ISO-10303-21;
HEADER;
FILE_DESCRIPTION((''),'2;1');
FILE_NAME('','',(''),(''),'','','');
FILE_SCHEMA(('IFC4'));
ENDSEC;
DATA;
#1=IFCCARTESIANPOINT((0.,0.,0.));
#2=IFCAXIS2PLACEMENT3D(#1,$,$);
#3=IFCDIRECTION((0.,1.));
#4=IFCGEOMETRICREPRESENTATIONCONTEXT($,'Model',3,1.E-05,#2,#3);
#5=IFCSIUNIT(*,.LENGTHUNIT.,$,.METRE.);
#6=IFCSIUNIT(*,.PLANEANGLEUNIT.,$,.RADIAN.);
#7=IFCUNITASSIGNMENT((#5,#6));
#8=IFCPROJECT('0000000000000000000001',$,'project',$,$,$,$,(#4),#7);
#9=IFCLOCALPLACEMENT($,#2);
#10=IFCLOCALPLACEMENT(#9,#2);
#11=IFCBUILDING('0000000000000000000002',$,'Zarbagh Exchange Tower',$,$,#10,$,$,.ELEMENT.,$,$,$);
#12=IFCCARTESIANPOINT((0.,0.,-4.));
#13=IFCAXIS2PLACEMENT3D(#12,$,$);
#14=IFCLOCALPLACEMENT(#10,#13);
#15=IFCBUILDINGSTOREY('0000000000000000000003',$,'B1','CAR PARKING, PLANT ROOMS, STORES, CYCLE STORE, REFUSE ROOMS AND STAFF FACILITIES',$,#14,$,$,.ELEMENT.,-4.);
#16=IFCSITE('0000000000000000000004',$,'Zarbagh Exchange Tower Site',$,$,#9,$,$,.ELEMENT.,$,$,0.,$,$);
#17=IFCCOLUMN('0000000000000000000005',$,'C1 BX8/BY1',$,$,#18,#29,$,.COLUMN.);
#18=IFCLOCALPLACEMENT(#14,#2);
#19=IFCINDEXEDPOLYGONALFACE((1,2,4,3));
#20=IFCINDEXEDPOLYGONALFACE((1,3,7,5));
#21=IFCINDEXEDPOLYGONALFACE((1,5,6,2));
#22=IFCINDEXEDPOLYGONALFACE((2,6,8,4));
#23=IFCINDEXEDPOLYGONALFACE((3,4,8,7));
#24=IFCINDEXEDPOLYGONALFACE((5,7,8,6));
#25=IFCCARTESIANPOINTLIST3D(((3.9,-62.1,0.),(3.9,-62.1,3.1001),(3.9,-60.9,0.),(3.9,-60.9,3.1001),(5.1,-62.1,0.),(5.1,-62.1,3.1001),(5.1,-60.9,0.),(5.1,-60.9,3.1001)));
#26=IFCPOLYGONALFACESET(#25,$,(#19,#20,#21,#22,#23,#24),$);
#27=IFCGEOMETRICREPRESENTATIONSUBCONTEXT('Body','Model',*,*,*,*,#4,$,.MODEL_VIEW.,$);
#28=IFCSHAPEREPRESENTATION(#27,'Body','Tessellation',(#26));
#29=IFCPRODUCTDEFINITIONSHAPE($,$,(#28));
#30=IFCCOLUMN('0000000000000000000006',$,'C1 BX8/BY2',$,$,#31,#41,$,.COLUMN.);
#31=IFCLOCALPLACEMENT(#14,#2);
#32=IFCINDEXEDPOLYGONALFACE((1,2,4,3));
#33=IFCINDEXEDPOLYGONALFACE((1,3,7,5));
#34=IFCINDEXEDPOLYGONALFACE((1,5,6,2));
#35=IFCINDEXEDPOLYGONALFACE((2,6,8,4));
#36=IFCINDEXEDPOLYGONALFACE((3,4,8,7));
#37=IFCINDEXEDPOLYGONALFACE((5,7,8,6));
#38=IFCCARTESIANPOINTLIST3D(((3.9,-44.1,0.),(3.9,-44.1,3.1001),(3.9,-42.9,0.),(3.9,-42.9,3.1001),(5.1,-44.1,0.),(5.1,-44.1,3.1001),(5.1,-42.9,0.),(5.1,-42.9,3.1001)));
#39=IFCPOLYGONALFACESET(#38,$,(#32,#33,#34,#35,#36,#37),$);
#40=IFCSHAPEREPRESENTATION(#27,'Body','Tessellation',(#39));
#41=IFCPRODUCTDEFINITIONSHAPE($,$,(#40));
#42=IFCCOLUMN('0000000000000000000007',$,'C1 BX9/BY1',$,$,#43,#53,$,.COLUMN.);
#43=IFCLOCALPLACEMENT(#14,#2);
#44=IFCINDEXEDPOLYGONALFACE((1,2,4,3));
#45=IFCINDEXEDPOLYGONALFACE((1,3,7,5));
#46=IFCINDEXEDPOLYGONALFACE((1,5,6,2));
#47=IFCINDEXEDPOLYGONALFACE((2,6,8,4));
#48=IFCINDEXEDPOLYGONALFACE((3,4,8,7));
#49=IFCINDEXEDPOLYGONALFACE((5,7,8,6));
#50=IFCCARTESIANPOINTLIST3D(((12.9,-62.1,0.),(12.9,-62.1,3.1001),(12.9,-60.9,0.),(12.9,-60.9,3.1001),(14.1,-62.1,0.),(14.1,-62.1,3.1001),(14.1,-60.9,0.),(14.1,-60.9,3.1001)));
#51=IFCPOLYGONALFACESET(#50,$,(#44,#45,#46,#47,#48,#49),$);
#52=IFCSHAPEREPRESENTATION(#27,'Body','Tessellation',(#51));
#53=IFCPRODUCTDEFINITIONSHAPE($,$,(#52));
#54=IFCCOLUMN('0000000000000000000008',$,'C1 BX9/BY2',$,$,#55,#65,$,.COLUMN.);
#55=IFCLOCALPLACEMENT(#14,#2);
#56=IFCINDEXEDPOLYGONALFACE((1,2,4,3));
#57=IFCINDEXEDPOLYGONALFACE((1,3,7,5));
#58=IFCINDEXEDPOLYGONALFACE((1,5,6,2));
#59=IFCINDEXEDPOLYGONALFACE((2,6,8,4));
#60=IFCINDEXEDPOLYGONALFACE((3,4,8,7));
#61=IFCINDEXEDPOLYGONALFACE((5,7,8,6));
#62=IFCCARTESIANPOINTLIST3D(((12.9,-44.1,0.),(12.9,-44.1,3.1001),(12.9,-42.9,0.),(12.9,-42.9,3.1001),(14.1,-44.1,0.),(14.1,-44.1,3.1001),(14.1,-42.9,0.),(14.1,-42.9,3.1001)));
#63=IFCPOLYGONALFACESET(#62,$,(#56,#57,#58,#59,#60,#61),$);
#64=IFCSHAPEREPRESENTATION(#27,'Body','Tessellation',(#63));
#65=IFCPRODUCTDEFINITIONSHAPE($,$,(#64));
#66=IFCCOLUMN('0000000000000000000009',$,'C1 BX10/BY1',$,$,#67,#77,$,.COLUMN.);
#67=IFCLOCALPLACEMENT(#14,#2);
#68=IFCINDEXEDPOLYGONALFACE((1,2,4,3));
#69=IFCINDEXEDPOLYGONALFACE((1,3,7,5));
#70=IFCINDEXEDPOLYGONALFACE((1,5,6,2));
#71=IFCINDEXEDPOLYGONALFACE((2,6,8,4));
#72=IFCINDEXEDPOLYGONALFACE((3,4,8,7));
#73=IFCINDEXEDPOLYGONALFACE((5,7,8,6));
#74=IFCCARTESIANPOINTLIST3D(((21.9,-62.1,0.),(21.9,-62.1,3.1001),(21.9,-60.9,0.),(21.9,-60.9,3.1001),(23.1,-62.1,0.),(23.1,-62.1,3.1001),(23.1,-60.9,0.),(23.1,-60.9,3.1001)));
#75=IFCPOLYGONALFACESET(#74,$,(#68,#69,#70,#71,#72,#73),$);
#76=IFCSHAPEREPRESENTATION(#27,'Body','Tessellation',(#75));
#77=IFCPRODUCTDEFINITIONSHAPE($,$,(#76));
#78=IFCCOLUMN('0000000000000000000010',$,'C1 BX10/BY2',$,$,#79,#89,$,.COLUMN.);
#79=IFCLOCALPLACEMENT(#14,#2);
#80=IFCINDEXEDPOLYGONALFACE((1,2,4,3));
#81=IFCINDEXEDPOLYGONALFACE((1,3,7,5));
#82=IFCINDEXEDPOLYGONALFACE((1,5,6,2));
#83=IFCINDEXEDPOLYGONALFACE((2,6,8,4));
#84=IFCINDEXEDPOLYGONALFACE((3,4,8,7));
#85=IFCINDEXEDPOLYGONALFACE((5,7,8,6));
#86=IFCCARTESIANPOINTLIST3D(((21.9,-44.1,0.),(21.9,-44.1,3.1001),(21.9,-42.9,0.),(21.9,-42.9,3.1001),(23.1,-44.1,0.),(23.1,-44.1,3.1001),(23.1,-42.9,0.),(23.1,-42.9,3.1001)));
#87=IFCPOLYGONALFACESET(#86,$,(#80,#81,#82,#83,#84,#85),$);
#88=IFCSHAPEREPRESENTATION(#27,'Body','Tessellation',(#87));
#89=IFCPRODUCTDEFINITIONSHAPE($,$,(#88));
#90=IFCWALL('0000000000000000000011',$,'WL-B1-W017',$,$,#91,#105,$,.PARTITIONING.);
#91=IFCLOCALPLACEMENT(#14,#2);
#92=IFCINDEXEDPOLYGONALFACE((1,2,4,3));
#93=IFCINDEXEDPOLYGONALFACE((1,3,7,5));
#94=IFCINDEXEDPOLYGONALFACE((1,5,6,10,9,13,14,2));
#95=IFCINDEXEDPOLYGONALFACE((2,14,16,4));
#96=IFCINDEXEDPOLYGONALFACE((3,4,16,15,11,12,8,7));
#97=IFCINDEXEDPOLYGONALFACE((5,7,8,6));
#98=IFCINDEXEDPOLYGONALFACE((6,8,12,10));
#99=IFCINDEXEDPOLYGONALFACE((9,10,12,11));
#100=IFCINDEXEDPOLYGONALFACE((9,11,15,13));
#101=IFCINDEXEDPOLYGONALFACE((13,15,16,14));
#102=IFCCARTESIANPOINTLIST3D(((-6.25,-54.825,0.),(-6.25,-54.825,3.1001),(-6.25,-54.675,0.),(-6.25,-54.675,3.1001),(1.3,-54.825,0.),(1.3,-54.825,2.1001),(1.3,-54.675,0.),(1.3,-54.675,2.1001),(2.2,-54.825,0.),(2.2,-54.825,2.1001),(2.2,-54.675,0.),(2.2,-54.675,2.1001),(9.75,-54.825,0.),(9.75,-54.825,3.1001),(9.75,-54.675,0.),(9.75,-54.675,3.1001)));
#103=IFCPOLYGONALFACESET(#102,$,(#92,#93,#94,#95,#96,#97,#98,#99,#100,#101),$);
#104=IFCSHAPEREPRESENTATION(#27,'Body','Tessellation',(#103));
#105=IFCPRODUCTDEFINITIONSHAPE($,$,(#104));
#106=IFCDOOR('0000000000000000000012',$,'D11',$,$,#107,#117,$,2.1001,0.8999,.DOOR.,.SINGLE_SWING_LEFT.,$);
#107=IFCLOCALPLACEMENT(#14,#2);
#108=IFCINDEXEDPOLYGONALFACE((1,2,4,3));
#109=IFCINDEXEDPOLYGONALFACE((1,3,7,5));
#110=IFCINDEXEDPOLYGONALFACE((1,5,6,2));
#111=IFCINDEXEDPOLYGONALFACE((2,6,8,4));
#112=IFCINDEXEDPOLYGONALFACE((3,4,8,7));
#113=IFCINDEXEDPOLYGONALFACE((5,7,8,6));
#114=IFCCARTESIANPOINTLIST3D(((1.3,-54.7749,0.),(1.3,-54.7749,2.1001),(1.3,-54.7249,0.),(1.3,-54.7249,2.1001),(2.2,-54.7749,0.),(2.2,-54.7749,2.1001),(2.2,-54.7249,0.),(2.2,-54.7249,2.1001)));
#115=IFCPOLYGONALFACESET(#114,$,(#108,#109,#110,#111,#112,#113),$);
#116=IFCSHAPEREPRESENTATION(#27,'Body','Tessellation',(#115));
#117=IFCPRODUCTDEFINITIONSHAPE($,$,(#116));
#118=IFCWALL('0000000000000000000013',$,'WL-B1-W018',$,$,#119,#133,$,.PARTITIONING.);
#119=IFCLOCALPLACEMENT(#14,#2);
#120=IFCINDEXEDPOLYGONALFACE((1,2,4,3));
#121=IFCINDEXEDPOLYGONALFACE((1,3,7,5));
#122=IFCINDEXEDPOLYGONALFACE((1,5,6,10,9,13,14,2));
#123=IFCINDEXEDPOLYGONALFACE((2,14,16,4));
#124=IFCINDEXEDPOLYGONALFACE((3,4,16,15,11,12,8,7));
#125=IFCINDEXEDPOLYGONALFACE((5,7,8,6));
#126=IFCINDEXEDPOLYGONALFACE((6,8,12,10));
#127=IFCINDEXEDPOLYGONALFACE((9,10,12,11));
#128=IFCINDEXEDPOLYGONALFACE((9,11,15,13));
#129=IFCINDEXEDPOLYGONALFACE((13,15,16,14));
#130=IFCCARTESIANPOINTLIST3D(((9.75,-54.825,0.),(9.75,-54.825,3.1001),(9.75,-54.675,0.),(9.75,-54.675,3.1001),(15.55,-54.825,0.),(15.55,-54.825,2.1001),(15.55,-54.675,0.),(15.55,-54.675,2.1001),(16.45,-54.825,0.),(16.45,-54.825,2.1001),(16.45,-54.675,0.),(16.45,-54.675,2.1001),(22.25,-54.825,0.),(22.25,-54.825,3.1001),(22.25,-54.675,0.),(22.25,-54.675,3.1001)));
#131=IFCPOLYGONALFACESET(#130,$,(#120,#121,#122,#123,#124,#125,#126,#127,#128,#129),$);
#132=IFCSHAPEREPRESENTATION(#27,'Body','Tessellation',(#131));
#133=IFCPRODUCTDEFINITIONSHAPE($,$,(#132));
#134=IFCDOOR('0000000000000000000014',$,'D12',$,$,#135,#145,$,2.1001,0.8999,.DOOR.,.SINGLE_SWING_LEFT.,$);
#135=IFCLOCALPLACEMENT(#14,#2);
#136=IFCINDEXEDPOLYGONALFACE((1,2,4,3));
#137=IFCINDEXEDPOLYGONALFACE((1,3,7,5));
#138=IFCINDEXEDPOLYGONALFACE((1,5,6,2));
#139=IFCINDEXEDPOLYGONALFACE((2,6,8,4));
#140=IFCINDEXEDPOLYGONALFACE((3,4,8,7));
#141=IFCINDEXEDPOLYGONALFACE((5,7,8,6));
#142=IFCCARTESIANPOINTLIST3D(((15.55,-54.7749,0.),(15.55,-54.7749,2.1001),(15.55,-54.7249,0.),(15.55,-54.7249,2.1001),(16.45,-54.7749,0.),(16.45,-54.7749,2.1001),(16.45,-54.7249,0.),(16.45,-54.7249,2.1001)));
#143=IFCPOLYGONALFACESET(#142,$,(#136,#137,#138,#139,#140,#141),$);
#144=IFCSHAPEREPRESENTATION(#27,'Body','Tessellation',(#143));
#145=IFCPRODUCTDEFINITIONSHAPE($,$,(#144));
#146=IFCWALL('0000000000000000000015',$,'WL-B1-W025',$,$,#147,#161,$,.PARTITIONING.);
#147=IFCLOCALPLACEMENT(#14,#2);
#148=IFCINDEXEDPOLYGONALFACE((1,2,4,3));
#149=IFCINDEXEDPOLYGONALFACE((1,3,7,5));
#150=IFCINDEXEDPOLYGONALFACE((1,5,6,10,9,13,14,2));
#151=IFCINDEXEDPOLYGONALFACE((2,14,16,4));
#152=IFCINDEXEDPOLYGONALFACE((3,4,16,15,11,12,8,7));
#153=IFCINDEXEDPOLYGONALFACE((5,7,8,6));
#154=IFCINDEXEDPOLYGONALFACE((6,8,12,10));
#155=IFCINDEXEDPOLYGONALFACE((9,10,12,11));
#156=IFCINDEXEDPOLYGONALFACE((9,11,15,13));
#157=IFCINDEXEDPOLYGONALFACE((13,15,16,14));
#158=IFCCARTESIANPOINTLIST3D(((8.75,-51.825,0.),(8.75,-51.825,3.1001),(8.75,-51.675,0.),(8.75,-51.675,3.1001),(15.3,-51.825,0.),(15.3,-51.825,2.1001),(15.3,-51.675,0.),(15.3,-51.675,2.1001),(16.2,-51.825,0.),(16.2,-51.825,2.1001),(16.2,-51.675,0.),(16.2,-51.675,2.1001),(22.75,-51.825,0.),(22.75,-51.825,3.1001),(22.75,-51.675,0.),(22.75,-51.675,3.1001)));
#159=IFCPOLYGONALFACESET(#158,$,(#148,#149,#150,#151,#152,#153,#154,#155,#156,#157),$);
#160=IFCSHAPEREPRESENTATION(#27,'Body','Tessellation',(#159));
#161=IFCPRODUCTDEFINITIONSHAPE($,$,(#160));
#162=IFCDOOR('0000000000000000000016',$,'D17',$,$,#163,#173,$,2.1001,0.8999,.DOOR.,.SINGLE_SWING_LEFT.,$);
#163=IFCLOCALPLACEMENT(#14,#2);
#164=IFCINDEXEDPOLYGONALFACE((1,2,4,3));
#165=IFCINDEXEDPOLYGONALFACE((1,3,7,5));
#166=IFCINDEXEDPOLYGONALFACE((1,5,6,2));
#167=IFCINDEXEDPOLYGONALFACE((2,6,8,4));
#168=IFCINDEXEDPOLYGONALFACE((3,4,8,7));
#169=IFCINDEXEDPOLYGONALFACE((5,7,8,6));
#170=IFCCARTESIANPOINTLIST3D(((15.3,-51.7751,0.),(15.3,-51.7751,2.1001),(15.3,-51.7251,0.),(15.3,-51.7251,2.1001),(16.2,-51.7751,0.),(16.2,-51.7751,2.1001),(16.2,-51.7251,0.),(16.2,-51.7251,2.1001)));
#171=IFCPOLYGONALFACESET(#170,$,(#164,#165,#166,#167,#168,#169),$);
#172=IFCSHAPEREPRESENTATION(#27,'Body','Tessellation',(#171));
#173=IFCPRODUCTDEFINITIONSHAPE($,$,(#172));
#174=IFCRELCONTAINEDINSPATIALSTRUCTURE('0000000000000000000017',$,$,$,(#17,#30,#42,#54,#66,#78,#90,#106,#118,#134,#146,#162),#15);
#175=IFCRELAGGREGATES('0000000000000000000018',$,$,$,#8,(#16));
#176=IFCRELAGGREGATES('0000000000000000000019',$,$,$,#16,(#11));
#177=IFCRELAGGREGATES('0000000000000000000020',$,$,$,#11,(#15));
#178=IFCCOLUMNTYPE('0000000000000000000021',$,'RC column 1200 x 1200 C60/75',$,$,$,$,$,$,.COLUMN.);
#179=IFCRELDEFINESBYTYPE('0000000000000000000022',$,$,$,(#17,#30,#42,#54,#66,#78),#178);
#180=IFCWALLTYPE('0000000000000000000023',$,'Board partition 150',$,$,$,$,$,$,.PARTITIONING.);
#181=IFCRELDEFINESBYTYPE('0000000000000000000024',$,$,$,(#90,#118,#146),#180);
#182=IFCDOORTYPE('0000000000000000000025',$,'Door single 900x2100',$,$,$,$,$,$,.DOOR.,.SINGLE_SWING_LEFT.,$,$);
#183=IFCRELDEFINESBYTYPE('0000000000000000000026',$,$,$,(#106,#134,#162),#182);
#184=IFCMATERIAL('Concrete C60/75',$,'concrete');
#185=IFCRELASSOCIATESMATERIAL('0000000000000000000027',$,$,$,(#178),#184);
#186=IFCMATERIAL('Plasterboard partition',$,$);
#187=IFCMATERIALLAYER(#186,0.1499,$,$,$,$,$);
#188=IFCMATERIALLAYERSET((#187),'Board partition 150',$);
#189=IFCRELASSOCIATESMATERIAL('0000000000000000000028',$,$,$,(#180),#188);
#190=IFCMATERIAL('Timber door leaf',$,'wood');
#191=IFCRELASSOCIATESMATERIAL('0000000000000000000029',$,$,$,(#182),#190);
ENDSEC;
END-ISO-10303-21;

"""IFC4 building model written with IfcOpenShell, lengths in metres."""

from ifc_helpers import new_model, si_unit, direction, frame, frame_2d, origin, origin_2d, place, context, subcontext, project, spatial, rectangle, extrude, material, layer, layer_set, material_profile, profile_set, type_object, element, fill, save


model = new_model("IFC4")

# Units and contexts
model_context = context("Model", 3, precision=1e-05, world=origin(), true_north=direction((0.0, 1.0)))
body_context = subcontext(model_context, "Body", "Model", "MODEL_VIEW")
ifc_project = project(units=[si_unit("LENGTHUNIT", "METRE"), si_unit("PLANEANGLEUNIT", "RADIAN")], contexts=[model_context])

# Site, building, storey
site_placement = place(None, origin())
site = spatial("IfcSite", under=ifc_project, at=site_placement, Name="Zarbagh Exchange Tower Site", CompositionType="ELEMENT", RefElevation=0.0)
building_placement = place(site_placement, origin())
building = spatial("IfcBuilding", under=site, at=building_placement, Name="Zarbagh Exchange Tower", CompositionType="ELEMENT")
storey_placement = place(building_placement, frame((0.0, 0.0, -4.0)))
storey = spatial("IfcBuildingStorey", under=building, at=storey_placement, Name="B1", Description="CAR PARKING, PLANT ROOMS, STORES, CYCLE STORE, REFUSE ROOMS AND STAFF FACILITIES", CompositionType="ELEMENT", Elevation=-4.0)

# Columns
ifc_material_1 = material(Name="Concrete C60/75", Category="concrete")
ifc_material_profile = material_profile(ifc_material_1, rectangle(XDim=1.2, YDim=1.2, at=origin_2d()), Name="RC column 1200 x 1200 C60/75")
ifc_profile_set = profile_set([ifc_material_profile], Name="Concrete C60/75")
column_type = type_object("IfcColumnType", Name="RC column 1200 x 1200 C60/75", PredefinedType="COLUMN", material=ifc_profile_set)
for number, where, z_axis, x_axis, name in (
    (1, (4.5, -61.5, 0.0), (0.0, 0.0, 1.0), (1.0, 0.0, 0.0), "C1 BX8/BY1"),
    (2, (4.5, -43.5, 0.0), (0.0, 0.0, 1.0), (1.0, 0.0, 0.0), "C1 BX8/BY2"),
    (3, (13.5, -61.5, 0.0), (0.0, 0.0, 1.0), (1.0, 0.0, 0.0), "C1 BX9/BY1"),
    (4, (13.5, -43.5, 0.0), (0.0, 0.0, 1.0), (1.0, 0.0, 0.0), "C1 BX9/BY2"),
    (5, (22.5, -61.5, 0.0), (0.0, 0.0, 1.0), (1.0, 0.0, 0.0), "C1 BX10/BY1"),
    (6, (22.5, -43.5, 0.0), (0.0, 0.0, 1.0), (1.0, 0.0, 0.0), "C1 BX10/BY2"),
):
    element("IfcColumn", number, at=place(storey_placement, frame(where, z_axis=z_axis, x_axis=x_axis)), inside=storey, type_object=column_type, Name=name, PredefinedType="COLUMN", context=body_context, shape_type="SweptSolid", body=[
        extrude(rectangle(XDim=1.2, YDim=1.2, at=origin_2d()), origin(), (0.0, 0.0, 1.0), 3.1001),
    ])

# Walls, openings, doors
ifc_material_2 = material(Name="Plasterboard partition")
ifc_layer = layer(ifc_material_2, 0.1499)
ifc_layer_set = layer_set([ifc_layer], Name="Board partition 150")
wall_type = type_object("IfcWallType", Name="Board partition 150", PredefinedType="PARTITIONING", material=ifc_layer_set)
wall_1_placement = place(storey_placement, frame((9.75, -54.75, 0.0), z_axis=(0.0, 0.0, 1.0), x_axis=(-1.0, 0.0, 0.0)))
wall_1 = element("IfcWall", 7, at=wall_1_placement, inside=storey, type_object=wall_type, Name="WL-B1-W017", PredefinedType="PARTITIONING", context=body_context, shape_type="SweptSolid", body=[
    extrude(rectangle(XDim=16.0, YDim=0.1499, at=frame_2d((8.0, 0.0))), origin(), (0.0, 0.0, 1.0), 3.1001),
])
opening_1_placement = place(wall_1_placement, frame((7.55, 0.0, 0.0)))
opening_1 = element("IfcOpeningElement", 8, at=opening_1_placement, cuts=wall_1, PredefinedType="OPENING", context=body_context, shape_type="SweptSolid", body=[
    extrude(rectangle(XDim=0.8999, YDim=2.1001, at=frame_2d((0.45, 1.05))), frame((0.0, 0.085, 0.0), z_axis=(0.0, -1.0, 0.0), x_axis=(1.0, 0.0, 0.0)), (0.0, 0.0, 1.0), 0.1699),
])
ifc_material_3 = material(Name="Timber door leaf", Category="wood")
door_type = type_object("IfcDoorType", Name="Door single 900x2100", OperationType="SINGLE_SWING_LEFT", PredefinedType="DOOR", material=ifc_material_3)
door_1_placement = place(opening_1_placement, origin())
door_1 = element("IfcDoor", 9, at=door_1_placement, inside=storey, type_object=door_type, Name="D11", OperationType="SINGLE_SWING_LEFT", OverallHeight=2.1001, OverallWidth=0.8999, PredefinedType="DOOR", context=body_context, shape_type="SweptSolid", body=[
    extrude(rectangle(XDim=0.8999, YDim=2.1001, at=frame_2d((0.45, 1.05))), frame((0.0, 0.0249, 0.0), z_axis=(0.0, -1.0, 0.0), x_axis=(1.0, 0.0, 0.0)), (0.0, 0.0, 1.0), 0.05),
])
fill(opening_1, door_1)
wall_2_placement = place(storey_placement, frame((22.25, -54.75, 0.0), z_axis=(0.0, 0.0, 1.0), x_axis=(-1.0, 0.0, 0.0)))
wall_2 = element("IfcWall", 10, at=wall_2_placement, inside=storey, type_object=wall_type, Name="WL-B1-W018", PredefinedType="PARTITIONING", context=body_context, shape_type="SweptSolid", body=[
    extrude(rectangle(XDim=12.5, YDim=0.1499, at=frame_2d((6.25, 0.0))), origin(), (0.0, 0.0, 1.0), 3.1001),
])
opening_2_placement = place(wall_2_placement, frame((5.8, 0.0, 0.0)))
opening_2 = element("IfcOpeningElement", 11, at=opening_2_placement, cuts=wall_2, PredefinedType="OPENING", context=body_context, shape_type="SweptSolid", body=[
    extrude(rectangle(XDim=0.8999, YDim=2.1001, at=frame_2d((0.45, 1.05))), frame((0.0, 0.085, 0.0), z_axis=(0.0, -1.0, 0.0), x_axis=(1.0, 0.0, 0.0)), (0.0, 0.0, 1.0), 0.1699),
])
door_2_placement = place(opening_2_placement, origin())
door_2 = element("IfcDoor", 12, at=door_2_placement, inside=storey, type_object=door_type, Name="D12", OperationType="SINGLE_SWING_LEFT", OverallHeight=2.1001, OverallWidth=0.8999, PredefinedType="DOOR", context=body_context, shape_type="SweptSolid", body=[
    extrude(rectangle(XDim=0.8999, YDim=2.1001, at=frame_2d((0.45, 1.05))), frame((0.0, 0.0249, 0.0), z_axis=(0.0, -1.0, 0.0), x_axis=(1.0, 0.0, 0.0)), (0.0, 0.0, 1.0), 0.05),
])
fill(opening_2, door_2)
wall_3_placement = place(storey_placement, frame((8.75, -51.75, 0.0), z_axis=(0.0, 0.0, 1.0), x_axis=(1.0, 0.0, 0.0)))
wall_3 = element("IfcWall", 13, at=wall_3_placement, inside=storey, type_object=wall_type, Name="WL-B1-W025", PredefinedType="PARTITIONING", context=body_context, shape_type="SweptSolid", body=[
    extrude(rectangle(XDim=14.0, YDim=0.1499, at=frame_2d((7.0, 0.0))), origin(), (0.0, 0.0, 1.0), 3.1001),
])
opening_3_placement = place(wall_3_placement, frame((6.55, 0.0, 0.0)))
opening_3 = element("IfcOpeningElement", 14, at=opening_3_placement, cuts=wall_3, PredefinedType="OPENING", context=body_context, shape_type="SweptSolid", body=[
    extrude(rectangle(XDim=0.8999, YDim=2.1001, at=frame_2d((0.45, 1.05))), frame((0.0, 0.085, 0.0), z_axis=(0.0, -1.0, 0.0), x_axis=(1.0, 0.0, 0.0)), (0.0, 0.0, 1.0), 0.1699),
])
door_3_placement = place(opening_3_placement, origin())
door_3 = element("IfcDoor", 15, at=door_3_placement, inside=storey, type_object=door_type, Name="D17", OperationType="SINGLE_SWING_LEFT", OverallHeight=2.1001, OverallWidth=0.8999, PredefinedType="DOOR", context=body_context, shape_type="SweptSolid", body=[
    extrude(rectangle(XDim=0.8999, YDim=2.1001, at=frame_2d((0.45, 1.05))), frame((0.0, 0.0249, 0.0), z_axis=(0.0, -1.0, 0.0), x_axis=(1.0, 0.0, 0.0)), (0.0, 0.0, 1.0), 0.05),
])
fill(opening_3, door_3)

save(model, "model.ifc")
